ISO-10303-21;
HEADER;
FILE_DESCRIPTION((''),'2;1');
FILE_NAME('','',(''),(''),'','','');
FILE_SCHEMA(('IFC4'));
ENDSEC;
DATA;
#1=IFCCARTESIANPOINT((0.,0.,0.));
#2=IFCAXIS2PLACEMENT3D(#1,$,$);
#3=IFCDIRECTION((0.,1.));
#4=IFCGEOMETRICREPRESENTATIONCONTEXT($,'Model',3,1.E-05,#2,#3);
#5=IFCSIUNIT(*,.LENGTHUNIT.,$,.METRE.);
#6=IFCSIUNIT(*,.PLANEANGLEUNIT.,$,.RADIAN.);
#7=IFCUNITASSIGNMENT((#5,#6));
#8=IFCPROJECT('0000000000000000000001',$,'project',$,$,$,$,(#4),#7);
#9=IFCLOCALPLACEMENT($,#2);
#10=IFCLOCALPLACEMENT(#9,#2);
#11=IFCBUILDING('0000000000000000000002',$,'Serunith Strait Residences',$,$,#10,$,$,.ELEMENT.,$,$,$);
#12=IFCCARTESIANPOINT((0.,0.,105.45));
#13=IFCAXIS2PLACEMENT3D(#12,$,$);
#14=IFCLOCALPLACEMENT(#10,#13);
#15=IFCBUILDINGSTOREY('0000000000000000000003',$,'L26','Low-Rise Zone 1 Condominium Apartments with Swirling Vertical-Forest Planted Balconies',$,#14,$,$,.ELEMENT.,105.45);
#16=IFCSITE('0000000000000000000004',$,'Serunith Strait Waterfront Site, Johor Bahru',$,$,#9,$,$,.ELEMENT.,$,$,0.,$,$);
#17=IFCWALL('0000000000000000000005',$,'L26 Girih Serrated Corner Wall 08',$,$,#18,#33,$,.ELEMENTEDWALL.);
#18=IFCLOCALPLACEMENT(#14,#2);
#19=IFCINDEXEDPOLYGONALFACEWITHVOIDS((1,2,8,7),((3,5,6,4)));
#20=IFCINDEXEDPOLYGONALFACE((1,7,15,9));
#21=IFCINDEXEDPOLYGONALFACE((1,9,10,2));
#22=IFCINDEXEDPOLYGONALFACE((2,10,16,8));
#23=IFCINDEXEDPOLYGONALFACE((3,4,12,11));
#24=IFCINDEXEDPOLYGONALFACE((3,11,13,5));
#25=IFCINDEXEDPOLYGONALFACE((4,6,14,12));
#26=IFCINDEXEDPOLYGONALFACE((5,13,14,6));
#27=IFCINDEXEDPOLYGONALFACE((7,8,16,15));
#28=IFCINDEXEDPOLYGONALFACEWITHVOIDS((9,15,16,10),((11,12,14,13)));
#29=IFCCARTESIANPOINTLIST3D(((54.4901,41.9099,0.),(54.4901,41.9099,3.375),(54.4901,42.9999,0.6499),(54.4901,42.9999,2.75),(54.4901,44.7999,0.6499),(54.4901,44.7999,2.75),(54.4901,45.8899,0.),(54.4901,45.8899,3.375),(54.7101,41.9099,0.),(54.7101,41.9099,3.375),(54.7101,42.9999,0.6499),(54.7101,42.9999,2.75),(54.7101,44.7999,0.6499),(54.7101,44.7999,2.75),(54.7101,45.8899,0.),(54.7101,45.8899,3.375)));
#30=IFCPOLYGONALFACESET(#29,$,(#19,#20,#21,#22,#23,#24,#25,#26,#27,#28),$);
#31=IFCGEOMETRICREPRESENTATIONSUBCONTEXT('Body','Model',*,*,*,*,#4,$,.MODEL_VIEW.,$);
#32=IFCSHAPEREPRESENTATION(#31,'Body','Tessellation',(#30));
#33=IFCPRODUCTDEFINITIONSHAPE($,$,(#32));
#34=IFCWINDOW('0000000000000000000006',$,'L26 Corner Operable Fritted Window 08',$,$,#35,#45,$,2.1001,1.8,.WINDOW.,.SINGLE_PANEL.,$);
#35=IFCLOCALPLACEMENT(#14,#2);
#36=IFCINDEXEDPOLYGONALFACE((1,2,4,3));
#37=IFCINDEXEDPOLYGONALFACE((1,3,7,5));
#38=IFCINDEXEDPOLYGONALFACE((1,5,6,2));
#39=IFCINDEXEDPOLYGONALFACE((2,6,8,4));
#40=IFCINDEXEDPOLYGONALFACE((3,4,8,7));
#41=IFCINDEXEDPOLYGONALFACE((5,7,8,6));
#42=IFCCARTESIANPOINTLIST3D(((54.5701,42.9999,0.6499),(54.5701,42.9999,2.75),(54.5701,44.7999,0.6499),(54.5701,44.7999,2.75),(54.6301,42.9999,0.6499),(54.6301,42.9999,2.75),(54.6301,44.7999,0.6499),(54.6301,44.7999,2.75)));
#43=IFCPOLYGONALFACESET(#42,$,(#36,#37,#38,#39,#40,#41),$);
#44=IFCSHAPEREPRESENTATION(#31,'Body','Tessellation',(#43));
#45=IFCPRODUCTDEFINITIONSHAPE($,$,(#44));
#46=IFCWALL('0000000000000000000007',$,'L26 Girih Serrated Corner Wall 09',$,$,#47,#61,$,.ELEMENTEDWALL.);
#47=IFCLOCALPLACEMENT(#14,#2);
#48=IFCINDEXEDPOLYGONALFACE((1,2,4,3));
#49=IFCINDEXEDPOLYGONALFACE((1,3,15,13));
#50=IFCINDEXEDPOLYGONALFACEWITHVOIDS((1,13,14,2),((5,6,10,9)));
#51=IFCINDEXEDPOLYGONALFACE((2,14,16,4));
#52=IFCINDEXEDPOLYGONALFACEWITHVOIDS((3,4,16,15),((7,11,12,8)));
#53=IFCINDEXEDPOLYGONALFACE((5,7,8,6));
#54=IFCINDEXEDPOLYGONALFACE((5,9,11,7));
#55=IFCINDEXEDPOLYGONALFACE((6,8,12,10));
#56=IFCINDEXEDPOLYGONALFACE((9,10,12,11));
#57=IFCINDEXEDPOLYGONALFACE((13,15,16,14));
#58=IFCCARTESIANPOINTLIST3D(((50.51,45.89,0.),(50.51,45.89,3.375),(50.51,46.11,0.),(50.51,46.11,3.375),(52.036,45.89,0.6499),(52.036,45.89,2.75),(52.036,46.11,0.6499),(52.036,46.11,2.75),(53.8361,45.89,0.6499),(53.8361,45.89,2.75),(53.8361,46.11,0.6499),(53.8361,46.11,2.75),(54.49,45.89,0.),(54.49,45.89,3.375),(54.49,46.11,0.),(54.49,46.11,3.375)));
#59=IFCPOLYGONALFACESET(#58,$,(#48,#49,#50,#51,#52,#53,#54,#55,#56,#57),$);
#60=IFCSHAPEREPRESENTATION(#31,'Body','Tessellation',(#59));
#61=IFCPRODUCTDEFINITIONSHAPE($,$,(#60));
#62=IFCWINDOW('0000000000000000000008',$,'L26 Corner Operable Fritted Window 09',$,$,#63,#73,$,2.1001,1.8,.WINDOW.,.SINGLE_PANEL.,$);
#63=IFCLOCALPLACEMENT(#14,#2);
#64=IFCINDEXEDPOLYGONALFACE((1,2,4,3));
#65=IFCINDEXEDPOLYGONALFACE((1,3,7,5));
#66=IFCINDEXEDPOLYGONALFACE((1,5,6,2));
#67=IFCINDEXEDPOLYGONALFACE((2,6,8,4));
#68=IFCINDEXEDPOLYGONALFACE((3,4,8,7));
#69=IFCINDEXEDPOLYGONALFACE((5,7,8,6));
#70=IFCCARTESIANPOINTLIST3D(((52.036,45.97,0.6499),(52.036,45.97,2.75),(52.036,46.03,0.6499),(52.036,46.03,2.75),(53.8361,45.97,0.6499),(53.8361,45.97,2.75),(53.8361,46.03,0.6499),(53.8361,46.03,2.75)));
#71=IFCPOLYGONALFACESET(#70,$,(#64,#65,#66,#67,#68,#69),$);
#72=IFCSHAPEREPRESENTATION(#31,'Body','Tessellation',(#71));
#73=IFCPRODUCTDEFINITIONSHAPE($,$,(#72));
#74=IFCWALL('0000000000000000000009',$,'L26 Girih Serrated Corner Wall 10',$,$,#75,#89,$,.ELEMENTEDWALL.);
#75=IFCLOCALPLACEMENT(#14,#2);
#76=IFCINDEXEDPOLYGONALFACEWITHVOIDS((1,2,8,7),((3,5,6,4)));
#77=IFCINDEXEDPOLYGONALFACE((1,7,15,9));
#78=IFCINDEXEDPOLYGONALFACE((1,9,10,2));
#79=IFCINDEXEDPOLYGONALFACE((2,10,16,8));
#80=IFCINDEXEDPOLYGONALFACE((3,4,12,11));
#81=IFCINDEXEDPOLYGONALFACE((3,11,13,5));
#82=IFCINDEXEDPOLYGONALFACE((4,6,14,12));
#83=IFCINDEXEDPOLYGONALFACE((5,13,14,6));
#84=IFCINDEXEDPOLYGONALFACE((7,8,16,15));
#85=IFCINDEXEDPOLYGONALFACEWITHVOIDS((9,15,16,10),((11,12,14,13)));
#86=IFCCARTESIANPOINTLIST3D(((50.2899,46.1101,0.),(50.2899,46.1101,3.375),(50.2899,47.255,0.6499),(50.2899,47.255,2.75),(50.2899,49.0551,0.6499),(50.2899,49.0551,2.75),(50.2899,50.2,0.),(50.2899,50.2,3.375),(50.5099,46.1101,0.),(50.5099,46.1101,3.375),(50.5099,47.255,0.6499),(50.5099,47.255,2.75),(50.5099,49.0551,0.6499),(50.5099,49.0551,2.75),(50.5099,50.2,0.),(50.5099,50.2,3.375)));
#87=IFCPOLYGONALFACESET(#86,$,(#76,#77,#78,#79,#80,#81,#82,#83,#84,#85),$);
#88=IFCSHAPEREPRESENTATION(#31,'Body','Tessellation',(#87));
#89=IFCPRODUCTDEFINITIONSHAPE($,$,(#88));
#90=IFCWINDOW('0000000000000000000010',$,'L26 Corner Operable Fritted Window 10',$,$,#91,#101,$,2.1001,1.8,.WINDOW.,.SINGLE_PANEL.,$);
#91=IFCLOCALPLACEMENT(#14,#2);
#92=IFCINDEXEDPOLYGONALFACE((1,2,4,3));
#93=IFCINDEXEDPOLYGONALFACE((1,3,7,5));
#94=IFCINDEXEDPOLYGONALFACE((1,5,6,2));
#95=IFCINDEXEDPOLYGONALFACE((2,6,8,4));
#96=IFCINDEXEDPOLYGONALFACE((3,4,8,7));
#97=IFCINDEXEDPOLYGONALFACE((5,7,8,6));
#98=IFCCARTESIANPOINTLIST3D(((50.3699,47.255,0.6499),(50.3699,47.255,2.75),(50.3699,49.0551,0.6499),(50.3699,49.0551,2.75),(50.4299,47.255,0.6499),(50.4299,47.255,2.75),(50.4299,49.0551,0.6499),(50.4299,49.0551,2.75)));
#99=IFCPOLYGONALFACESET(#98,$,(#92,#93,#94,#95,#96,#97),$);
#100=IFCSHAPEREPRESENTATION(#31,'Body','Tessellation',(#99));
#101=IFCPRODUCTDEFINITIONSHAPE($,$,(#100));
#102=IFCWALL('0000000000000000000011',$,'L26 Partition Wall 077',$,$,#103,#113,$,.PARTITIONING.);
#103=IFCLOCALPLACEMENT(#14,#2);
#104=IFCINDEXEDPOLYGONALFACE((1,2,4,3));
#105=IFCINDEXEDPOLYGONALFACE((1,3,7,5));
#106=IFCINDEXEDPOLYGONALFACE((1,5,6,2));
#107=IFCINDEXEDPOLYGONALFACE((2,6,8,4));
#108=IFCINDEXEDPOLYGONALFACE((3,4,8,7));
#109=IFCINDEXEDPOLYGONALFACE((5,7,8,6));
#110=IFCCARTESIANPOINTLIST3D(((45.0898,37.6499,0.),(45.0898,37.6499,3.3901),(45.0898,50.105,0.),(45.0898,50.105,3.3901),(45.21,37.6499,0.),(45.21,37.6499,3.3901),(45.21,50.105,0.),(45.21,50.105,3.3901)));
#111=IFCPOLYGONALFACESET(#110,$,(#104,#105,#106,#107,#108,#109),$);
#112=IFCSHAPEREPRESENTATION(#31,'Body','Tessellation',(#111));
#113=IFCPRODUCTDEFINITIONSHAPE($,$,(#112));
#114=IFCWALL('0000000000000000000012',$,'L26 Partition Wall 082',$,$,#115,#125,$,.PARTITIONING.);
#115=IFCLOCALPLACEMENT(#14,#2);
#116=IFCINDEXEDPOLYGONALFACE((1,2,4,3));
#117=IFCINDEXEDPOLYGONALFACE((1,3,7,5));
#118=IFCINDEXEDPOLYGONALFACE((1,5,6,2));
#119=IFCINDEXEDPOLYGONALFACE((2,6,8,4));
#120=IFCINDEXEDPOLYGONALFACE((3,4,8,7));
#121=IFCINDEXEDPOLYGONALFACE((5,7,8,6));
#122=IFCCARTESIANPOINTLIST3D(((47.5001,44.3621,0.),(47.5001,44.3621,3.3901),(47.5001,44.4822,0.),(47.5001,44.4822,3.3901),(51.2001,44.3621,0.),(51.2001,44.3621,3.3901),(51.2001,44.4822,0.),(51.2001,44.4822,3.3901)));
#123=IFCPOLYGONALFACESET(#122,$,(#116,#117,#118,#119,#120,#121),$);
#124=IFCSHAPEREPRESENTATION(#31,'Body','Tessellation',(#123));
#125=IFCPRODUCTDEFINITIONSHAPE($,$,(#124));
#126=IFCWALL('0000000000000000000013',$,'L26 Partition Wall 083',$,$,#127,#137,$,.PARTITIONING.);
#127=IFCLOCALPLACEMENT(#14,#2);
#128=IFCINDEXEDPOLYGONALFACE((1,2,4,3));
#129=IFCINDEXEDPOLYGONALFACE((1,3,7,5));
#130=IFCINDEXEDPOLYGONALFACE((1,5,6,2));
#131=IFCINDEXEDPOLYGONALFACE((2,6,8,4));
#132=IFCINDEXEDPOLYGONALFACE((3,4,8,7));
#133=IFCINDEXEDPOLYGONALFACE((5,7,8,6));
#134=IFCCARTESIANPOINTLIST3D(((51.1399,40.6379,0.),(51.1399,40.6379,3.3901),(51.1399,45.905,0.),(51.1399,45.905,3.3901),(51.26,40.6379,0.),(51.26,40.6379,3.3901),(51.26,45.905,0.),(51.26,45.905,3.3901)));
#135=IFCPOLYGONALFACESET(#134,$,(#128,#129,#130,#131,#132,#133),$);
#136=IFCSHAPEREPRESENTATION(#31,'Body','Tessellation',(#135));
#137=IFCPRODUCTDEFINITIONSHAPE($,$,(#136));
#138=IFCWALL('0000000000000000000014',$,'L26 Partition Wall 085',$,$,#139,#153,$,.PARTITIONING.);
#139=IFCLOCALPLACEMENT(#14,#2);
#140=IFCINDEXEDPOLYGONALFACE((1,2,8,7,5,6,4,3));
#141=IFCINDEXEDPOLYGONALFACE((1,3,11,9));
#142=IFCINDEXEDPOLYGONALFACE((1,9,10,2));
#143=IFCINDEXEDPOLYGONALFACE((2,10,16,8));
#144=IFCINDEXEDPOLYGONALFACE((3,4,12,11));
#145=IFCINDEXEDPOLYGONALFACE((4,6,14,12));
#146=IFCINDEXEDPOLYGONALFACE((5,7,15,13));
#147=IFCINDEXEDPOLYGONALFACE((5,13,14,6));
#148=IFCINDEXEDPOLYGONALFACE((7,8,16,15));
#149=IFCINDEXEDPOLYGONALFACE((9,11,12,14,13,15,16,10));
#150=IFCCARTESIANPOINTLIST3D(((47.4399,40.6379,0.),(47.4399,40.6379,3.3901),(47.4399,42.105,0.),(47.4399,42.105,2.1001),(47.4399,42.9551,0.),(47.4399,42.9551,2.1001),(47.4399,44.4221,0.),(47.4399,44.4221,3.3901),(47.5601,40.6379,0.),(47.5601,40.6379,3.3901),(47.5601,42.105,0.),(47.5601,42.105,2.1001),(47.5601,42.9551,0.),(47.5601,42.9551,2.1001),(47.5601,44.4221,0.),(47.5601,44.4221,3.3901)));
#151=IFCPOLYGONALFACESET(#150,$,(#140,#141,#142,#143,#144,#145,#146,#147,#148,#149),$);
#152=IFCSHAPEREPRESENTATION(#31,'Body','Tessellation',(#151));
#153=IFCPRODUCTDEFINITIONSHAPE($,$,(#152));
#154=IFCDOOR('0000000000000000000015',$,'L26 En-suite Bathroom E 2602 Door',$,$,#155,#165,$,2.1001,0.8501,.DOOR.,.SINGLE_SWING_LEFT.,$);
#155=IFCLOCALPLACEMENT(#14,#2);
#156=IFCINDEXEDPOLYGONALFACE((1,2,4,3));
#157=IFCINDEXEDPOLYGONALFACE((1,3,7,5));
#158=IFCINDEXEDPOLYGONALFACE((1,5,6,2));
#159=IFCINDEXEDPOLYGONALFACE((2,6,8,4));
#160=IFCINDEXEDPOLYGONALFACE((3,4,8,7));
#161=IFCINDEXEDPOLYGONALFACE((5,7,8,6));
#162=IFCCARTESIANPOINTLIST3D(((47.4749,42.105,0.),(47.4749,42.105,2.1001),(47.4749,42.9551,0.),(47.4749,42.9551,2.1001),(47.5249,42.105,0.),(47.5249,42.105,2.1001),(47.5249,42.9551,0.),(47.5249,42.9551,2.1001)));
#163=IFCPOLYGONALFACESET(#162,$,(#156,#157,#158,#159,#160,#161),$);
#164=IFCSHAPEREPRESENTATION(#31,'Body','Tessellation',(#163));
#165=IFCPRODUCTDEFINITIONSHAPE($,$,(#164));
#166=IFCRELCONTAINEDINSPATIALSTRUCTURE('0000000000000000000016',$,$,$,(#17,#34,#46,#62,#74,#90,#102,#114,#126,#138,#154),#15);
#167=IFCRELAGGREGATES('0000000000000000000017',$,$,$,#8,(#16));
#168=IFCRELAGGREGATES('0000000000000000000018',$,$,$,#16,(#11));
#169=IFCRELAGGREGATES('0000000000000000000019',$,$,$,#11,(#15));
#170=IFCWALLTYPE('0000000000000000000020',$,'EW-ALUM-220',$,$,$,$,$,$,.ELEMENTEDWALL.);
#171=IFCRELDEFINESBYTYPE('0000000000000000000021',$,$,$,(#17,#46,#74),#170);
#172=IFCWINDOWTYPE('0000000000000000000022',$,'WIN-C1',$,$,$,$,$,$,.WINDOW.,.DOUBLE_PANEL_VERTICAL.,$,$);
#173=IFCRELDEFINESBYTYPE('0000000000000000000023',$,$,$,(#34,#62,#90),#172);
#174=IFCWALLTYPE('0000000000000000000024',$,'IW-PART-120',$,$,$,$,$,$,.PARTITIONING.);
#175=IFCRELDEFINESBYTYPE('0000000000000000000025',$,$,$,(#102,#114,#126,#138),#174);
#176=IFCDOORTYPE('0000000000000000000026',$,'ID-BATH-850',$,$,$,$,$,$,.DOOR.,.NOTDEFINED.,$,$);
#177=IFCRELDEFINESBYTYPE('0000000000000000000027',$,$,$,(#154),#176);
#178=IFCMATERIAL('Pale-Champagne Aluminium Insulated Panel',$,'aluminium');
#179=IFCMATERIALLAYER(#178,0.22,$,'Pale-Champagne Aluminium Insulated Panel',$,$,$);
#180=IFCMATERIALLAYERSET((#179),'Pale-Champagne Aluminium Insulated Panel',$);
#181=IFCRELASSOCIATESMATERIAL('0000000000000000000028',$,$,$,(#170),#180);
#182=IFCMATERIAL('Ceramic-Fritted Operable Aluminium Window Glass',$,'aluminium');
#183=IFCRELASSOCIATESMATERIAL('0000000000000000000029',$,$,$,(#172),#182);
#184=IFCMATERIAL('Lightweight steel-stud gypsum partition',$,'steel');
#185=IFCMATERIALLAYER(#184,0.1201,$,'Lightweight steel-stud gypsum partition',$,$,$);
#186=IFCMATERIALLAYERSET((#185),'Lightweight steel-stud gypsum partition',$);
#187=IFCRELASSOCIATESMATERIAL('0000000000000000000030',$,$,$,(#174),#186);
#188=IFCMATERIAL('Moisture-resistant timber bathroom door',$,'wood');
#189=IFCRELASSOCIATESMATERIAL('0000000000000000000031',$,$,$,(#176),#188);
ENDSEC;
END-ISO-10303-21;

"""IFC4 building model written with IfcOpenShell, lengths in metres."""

from ifc_helpers import new_model, si_unit, direction, frame, frame_2d, origin, place, context, subcontext, project, spatial, rectangle, extrude, source, transform, mapped, material, layer, layer_set, type_object, element, fill, save


model = new_model("IFC4")

# Units and contexts
model_context = context("Model", 3, precision=1e-05, world=origin(), true_north=direction((0.0, 1.0)))
body_context = subcontext(model_context, "Body", "Model", "MODEL_VIEW")
ifc_project = project(units=[si_unit("LENGTHUNIT", "METRE"), si_unit("PLANEANGLEUNIT", "RADIAN")], contexts=[model_context])

# Site, building, storey
site_placement = place(None, origin())
site = spatial("IfcSite", under=ifc_project, at=site_placement, Name="Serunith Strait Waterfront Site, Johor Bahru", CompositionType="ELEMENT", RefElevation=0.0)
building_placement = place(site_placement, origin())
building = spatial("IfcBuilding", under=site, at=building_placement, Name="Serunith Strait Residences", CompositionType="ELEMENT")
storey_placement = place(building_placement, frame((0.0, 0.0, 105.45)))
storey = spatial("IfcBuildingStorey", under=building, at=storey_placement, Name="L26", Description="Low-Rise Zone 1 Condominium Apartments with Swirling Vertical-Forest Planted Balconies", CompositionType="ELEMENT", Elevation=105.45)

# Walls, openings, windows
ifc_material_1 = material(Name="Pale-Champagne Aluminium Insulated Panel", Category="aluminium")
ifc_layer_1 = layer(ifc_material_1, 0.22, Name="Pale-Champagne Aluminium Insulated Panel")
ifc_layer_set_1 = layer_set([ifc_layer_1], Name="Pale-Champagne Aluminium Insulated Panel")
wall_type_1 = type_object("IfcWallType", Name="EW-ALUM-220", PredefinedType="ELEMENTEDWALL", material=ifc_layer_set_1)
ifc_material_2 = material(Name="Ceramic-Fritted Operable Aluminium Window Glass", Category="aluminium")
window_type = type_object("IfcWindowType", Name="WIN-C1", PartitioningType="DOUBLE_PANEL_VERTICAL", PredefinedType="WINDOW", material=ifc_material_2)
shared_shape_1 = source(origin(), body_context, "Body", "SweptSolid", [
    extrude(rectangle(XDim=1.8, YDim=2.1001, at=frame_2d((0.8999, 1.05))), frame((0.0, 0.03, 0.0), z_axis=(0.0, -1.0, 0.0), x_axis=(1.0, 0.0, 0.0)), (0.0, 0.0, 1.0), 0.0601),
])
wall_1_placement = place(storey_placement, frame((54.6001, 41.9099, 0.0), z_axis=(0.0, 0.0, 1.0), x_axis=(0.0, 1.0, 0.0)))
wall_1 = element("IfcWall", 1, at=wall_1_placement, inside=storey, type_object=wall_type_1, Name="L26 Girih Serrated Corner Wall 08", PredefinedType="ELEMENTEDWALL", context=body_context, shape_type="SweptSolid", body=[
    extrude(rectangle(XDim=3.98, YDim=0.22, at=frame_2d((1.99, 0.0))), origin(), (0.0, 0.0, 1.0), 3.375),
])
opening_1_placement = place(wall_1_placement, frame((1.0901, 0.0, 0.6499)))
opening_1 = element("IfcOpeningElement", 2, at=opening_1_placement, cuts=wall_1, PredefinedType="OPENING", context=body_context, shape_type="SweptSolid", body=[
    extrude(rectangle(XDim=1.8, YDim=2.1001, at=frame_2d((0.8999, 1.05))), frame((0.0, 0.1201, 0.0), z_axis=(0.0, -1.0, 0.0), x_axis=(1.0, 0.0, 0.0)), (0.0, 0.0, 1.0), 0.24),
])
window_1_placement = place(opening_1_placement, origin())
window_1 = element("IfcWindow", 3, at=window_1_placement, inside=storey, type_object=window_type, Name="L26 Corner Operable Fritted Window 08", OverallHeight=2.1001, OverallWidth=1.8, PartitioningType="SINGLE_PANEL", PredefinedType="WINDOW", context=body_context, shape_type="MappedRepresentation", body=[
    mapped(shared_shape_1, transform((0.0, 0.0, 0.0), scale=1.0)),
])
fill(opening_1, window_1)
wall_2_placement = place(storey_placement, frame((54.49, 46.0, 0.0), z_axis=(0.0, 0.0, 1.0), x_axis=(-1.0, 0.0, 0.0)))
wall_2 = element("IfcWall", 4, at=wall_2_placement, inside=storey, type_object=wall_type_1, Name="L26 Girih Serrated Corner Wall 09", PredefinedType="ELEMENTEDWALL", context=body_context, shape_type="SweptSolid", body=[
    extrude(rectangle(XDim=3.98, YDim=0.22, at=frame_2d((1.99, 0.0))), origin(), (0.0, 0.0, 1.0), 3.375),
])
opening_2_placement = place(wall_2_placement, frame((0.6541, 0.0, 0.6499)))
opening_2 = element("IfcOpeningElement", 5, at=opening_2_placement, cuts=wall_2, PredefinedType="OPENING", context=body_context, shape_type="SweptSolid", body=[
    extrude(rectangle(XDim=1.8, YDim=2.1001, at=frame_2d((0.8999, 1.05))), frame((0.0, 0.1201, 0.0), z_axis=(0.0, -1.0, 0.0), x_axis=(1.0, 0.0, 0.0)), (0.0, 0.0, 1.0), 0.24),
])
window_2_placement = place(opening_2_placement, origin())
window_2 = element("IfcWindow", 6, at=window_2_placement, inside=storey, type_object=window_type, Name="L26 Corner Operable Fritted Window 09", OverallHeight=2.1001, OverallWidth=1.8, PartitioningType="SINGLE_PANEL", PredefinedType="WINDOW", context=body_context, shape_type="MappedRepresentation", body=[
    mapped(shared_shape_1, transform((0.0, 0.0, 0.0), scale=1.0)),
])
fill(opening_2, window_2)
wall_3_placement = place(storey_placement, frame((50.3999, 46.1101, 0.0), z_axis=(0.0, 0.0, 1.0), x_axis=(0.0, 1.0, 0.0)))
wall_3 = element("IfcWall", 7, at=wall_3_placement, inside=storey, type_object=wall_type_1, Name="L26 Girih Serrated Corner Wall 10", PredefinedType="ELEMENTEDWALL", context=body_context, shape_type="SweptSolid", body=[
    extrude(rectangle(XDim=4.0898, YDim=0.22, at=frame_2d((2.0449, 0.0))), origin(), (0.0, 0.0, 1.0), 3.375),
])
opening_3_placement = place(wall_3_placement, frame((1.145, 0.0, 0.6499)))
opening_3 = element("IfcOpeningElement", 8, at=opening_3_placement, cuts=wall_3, PredefinedType="OPENING", context=body_context, shape_type="SweptSolid", body=[
    extrude(rectangle(XDim=1.8, YDim=2.1001, at=frame_2d((0.8999, 1.05))), frame((0.0, 0.1201, 0.0), z_axis=(0.0, -1.0, 0.0), x_axis=(1.0, 0.0, 0.0)), (0.0, 0.0, 1.0), 0.24),
])
window_3_placement = place(opening_3_placement, origin())
window_3 = element("IfcWindow", 9, at=window_3_placement, inside=storey, type_object=window_type, Name="L26 Corner Operable Fritted Window 10", OverallHeight=2.1001, OverallWidth=1.8, PartitioningType="SINGLE_PANEL", PredefinedType="WINDOW", context=body_context, shape_type="MappedRepresentation", body=[
    mapped(shared_shape_1, transform((0.0, 0.0, 0.0), scale=1.0)),
])
fill(opening_3, window_3)

# Walls
ifc_material_3 = material(Name="Lightweight steel-stud gypsum partition", Category="steel")
ifc_layer_2 = layer(ifc_material_3, 0.1201, Name="Lightweight steel-stud gypsum partition")
ifc_layer_set_2 = layer_set([ifc_layer_2], Name="Lightweight steel-stud gypsum partition")
wall_type_2 = type_object("IfcWallType", Name="IW-PART-120", PredefinedType="PARTITIONING", material=ifc_layer_set_2)
wall_4_placement = place(storey_placement, frame((45.1499, 50.105, 0.0), z_axis=(0.0, 0.0, 1.0), x_axis=(0.0, -1.0, 0.0)))
element("IfcWall", 10, at=wall_4_placement, inside=storey, type_object=wall_type_2, Name="L26 Partition Wall 077", PredefinedType="PARTITIONING", context=body_context, shape_type="SweptSolid", body=[
    extrude(rectangle(XDim=12.4551, YDim=0.1201, at=frame_2d((6.2275, 0.0))), origin(), (0.0, 0.0, 1.0), 3.3901),
])
wall_5_placement = place(storey_placement, frame((47.5, 44.4221, 0.0), z_axis=(0.0, 0.0, 1.0), x_axis=(1.0, 0.0, 0.0)))
element("IfcWall", 11, at=wall_5_placement, inside=storey, type_object=wall_type_2, Name="L26 Partition Wall 082", PredefinedType="PARTITIONING", context=body_context, shape_type="SweptSolid", body=[
    extrude(rectangle(XDim=3.7, YDim=0.1201, at=frame_2d((1.8501, 0.0))), origin(), (0.0, 0.0, 1.0), 3.3901),
])
wall_6_placement = place(storey_placement, frame((51.2, 45.905, 0.0), z_axis=(0.0, 0.0, 1.0), x_axis=(0.0, -1.0, 0.0)))
element("IfcWall", 12, at=wall_6_placement, inside=storey, type_object=wall_type_2, Name="L26 Partition Wall 083", PredefinedType="PARTITIONING", context=body_context, shape_type="SweptSolid", body=[
    extrude(rectangle(XDim=5.2671, YDim=0.1201, at=frame_2d((2.6335, 0.0))), origin(), (0.0, 0.0, 1.0), 3.3901),
])

# Wall, opening, door
wall_7_placement = place(storey_placement, frame((47.5, 44.4221, 0.0), z_axis=(0.0, 0.0, 1.0), x_axis=(0.0, -1.0, 0.0)))
wall_7 = element("IfcWall", 13, at=wall_7_placement, inside=storey, type_object=wall_type_2, Name="L26 Partition Wall 085", PredefinedType="PARTITIONING", context=body_context, shape_type="SweptSolid", body=[
    extrude(rectangle(XDim=3.7842, YDim=0.1201, at=frame_2d((1.8921, 0.0))), origin(), (0.0, 0.0, 1.0), 3.3901),
])
opening_4_placement = place(wall_7_placement, frame((1.467, 0.0, 0.0)))
opening_4 = element("IfcOpeningElement", 14, at=opening_4_placement, cuts=wall_7, PredefinedType="OPENING", context=body_context, shape_type="SweptSolid", body=[
    extrude(rectangle(XDim=0.8501, YDim=2.1001, at=frame_2d((0.425, 1.05))), frame((0.0, 0.0701, 0.0), z_axis=(0.0, -1.0, 0.0), x_axis=(1.0, 0.0, 0.0)), (0.0, 0.0, 1.0), 0.1401),
])
ifc_material_4 = material(Name="Moisture-resistant timber bathroom door", Category="wood")
door_type = type_object("IfcDoorType", Name="ID-BATH-850", OperationType="NOTDEFINED", PredefinedType="DOOR", material=ifc_material_4)
shared_shape_2 = source(origin(), body_context, "Body", "SweptSolid", [
    extrude(rectangle(XDim=0.8501, YDim=2.1001, at=frame_2d((0.425, 1.05))), frame((0.0, 0.0249, 0.0), z_axis=(0.0, -1.0, 0.0), x_axis=(1.0, 0.0, 0.0)), (0.0, 0.0, 1.0), 0.05),
])
door_placement = place(opening_4_placement, origin())
door = element("IfcDoor", 15, at=door_placement, inside=storey, type_object=door_type, Name="L26 En-suite Bathroom E 2602 Door", OperationType="SINGLE_SWING_LEFT", OverallHeight=2.1001, OverallWidth=0.8501, PredefinedType="DOOR", context=body_context, shape_type="MappedRepresentation", body=[
    mapped(shared_shape_2, transform((0.0, 0.0, 0.0), scale=1.0)),
])
fill(opening_4, door)

save(model, "model.ifc")
